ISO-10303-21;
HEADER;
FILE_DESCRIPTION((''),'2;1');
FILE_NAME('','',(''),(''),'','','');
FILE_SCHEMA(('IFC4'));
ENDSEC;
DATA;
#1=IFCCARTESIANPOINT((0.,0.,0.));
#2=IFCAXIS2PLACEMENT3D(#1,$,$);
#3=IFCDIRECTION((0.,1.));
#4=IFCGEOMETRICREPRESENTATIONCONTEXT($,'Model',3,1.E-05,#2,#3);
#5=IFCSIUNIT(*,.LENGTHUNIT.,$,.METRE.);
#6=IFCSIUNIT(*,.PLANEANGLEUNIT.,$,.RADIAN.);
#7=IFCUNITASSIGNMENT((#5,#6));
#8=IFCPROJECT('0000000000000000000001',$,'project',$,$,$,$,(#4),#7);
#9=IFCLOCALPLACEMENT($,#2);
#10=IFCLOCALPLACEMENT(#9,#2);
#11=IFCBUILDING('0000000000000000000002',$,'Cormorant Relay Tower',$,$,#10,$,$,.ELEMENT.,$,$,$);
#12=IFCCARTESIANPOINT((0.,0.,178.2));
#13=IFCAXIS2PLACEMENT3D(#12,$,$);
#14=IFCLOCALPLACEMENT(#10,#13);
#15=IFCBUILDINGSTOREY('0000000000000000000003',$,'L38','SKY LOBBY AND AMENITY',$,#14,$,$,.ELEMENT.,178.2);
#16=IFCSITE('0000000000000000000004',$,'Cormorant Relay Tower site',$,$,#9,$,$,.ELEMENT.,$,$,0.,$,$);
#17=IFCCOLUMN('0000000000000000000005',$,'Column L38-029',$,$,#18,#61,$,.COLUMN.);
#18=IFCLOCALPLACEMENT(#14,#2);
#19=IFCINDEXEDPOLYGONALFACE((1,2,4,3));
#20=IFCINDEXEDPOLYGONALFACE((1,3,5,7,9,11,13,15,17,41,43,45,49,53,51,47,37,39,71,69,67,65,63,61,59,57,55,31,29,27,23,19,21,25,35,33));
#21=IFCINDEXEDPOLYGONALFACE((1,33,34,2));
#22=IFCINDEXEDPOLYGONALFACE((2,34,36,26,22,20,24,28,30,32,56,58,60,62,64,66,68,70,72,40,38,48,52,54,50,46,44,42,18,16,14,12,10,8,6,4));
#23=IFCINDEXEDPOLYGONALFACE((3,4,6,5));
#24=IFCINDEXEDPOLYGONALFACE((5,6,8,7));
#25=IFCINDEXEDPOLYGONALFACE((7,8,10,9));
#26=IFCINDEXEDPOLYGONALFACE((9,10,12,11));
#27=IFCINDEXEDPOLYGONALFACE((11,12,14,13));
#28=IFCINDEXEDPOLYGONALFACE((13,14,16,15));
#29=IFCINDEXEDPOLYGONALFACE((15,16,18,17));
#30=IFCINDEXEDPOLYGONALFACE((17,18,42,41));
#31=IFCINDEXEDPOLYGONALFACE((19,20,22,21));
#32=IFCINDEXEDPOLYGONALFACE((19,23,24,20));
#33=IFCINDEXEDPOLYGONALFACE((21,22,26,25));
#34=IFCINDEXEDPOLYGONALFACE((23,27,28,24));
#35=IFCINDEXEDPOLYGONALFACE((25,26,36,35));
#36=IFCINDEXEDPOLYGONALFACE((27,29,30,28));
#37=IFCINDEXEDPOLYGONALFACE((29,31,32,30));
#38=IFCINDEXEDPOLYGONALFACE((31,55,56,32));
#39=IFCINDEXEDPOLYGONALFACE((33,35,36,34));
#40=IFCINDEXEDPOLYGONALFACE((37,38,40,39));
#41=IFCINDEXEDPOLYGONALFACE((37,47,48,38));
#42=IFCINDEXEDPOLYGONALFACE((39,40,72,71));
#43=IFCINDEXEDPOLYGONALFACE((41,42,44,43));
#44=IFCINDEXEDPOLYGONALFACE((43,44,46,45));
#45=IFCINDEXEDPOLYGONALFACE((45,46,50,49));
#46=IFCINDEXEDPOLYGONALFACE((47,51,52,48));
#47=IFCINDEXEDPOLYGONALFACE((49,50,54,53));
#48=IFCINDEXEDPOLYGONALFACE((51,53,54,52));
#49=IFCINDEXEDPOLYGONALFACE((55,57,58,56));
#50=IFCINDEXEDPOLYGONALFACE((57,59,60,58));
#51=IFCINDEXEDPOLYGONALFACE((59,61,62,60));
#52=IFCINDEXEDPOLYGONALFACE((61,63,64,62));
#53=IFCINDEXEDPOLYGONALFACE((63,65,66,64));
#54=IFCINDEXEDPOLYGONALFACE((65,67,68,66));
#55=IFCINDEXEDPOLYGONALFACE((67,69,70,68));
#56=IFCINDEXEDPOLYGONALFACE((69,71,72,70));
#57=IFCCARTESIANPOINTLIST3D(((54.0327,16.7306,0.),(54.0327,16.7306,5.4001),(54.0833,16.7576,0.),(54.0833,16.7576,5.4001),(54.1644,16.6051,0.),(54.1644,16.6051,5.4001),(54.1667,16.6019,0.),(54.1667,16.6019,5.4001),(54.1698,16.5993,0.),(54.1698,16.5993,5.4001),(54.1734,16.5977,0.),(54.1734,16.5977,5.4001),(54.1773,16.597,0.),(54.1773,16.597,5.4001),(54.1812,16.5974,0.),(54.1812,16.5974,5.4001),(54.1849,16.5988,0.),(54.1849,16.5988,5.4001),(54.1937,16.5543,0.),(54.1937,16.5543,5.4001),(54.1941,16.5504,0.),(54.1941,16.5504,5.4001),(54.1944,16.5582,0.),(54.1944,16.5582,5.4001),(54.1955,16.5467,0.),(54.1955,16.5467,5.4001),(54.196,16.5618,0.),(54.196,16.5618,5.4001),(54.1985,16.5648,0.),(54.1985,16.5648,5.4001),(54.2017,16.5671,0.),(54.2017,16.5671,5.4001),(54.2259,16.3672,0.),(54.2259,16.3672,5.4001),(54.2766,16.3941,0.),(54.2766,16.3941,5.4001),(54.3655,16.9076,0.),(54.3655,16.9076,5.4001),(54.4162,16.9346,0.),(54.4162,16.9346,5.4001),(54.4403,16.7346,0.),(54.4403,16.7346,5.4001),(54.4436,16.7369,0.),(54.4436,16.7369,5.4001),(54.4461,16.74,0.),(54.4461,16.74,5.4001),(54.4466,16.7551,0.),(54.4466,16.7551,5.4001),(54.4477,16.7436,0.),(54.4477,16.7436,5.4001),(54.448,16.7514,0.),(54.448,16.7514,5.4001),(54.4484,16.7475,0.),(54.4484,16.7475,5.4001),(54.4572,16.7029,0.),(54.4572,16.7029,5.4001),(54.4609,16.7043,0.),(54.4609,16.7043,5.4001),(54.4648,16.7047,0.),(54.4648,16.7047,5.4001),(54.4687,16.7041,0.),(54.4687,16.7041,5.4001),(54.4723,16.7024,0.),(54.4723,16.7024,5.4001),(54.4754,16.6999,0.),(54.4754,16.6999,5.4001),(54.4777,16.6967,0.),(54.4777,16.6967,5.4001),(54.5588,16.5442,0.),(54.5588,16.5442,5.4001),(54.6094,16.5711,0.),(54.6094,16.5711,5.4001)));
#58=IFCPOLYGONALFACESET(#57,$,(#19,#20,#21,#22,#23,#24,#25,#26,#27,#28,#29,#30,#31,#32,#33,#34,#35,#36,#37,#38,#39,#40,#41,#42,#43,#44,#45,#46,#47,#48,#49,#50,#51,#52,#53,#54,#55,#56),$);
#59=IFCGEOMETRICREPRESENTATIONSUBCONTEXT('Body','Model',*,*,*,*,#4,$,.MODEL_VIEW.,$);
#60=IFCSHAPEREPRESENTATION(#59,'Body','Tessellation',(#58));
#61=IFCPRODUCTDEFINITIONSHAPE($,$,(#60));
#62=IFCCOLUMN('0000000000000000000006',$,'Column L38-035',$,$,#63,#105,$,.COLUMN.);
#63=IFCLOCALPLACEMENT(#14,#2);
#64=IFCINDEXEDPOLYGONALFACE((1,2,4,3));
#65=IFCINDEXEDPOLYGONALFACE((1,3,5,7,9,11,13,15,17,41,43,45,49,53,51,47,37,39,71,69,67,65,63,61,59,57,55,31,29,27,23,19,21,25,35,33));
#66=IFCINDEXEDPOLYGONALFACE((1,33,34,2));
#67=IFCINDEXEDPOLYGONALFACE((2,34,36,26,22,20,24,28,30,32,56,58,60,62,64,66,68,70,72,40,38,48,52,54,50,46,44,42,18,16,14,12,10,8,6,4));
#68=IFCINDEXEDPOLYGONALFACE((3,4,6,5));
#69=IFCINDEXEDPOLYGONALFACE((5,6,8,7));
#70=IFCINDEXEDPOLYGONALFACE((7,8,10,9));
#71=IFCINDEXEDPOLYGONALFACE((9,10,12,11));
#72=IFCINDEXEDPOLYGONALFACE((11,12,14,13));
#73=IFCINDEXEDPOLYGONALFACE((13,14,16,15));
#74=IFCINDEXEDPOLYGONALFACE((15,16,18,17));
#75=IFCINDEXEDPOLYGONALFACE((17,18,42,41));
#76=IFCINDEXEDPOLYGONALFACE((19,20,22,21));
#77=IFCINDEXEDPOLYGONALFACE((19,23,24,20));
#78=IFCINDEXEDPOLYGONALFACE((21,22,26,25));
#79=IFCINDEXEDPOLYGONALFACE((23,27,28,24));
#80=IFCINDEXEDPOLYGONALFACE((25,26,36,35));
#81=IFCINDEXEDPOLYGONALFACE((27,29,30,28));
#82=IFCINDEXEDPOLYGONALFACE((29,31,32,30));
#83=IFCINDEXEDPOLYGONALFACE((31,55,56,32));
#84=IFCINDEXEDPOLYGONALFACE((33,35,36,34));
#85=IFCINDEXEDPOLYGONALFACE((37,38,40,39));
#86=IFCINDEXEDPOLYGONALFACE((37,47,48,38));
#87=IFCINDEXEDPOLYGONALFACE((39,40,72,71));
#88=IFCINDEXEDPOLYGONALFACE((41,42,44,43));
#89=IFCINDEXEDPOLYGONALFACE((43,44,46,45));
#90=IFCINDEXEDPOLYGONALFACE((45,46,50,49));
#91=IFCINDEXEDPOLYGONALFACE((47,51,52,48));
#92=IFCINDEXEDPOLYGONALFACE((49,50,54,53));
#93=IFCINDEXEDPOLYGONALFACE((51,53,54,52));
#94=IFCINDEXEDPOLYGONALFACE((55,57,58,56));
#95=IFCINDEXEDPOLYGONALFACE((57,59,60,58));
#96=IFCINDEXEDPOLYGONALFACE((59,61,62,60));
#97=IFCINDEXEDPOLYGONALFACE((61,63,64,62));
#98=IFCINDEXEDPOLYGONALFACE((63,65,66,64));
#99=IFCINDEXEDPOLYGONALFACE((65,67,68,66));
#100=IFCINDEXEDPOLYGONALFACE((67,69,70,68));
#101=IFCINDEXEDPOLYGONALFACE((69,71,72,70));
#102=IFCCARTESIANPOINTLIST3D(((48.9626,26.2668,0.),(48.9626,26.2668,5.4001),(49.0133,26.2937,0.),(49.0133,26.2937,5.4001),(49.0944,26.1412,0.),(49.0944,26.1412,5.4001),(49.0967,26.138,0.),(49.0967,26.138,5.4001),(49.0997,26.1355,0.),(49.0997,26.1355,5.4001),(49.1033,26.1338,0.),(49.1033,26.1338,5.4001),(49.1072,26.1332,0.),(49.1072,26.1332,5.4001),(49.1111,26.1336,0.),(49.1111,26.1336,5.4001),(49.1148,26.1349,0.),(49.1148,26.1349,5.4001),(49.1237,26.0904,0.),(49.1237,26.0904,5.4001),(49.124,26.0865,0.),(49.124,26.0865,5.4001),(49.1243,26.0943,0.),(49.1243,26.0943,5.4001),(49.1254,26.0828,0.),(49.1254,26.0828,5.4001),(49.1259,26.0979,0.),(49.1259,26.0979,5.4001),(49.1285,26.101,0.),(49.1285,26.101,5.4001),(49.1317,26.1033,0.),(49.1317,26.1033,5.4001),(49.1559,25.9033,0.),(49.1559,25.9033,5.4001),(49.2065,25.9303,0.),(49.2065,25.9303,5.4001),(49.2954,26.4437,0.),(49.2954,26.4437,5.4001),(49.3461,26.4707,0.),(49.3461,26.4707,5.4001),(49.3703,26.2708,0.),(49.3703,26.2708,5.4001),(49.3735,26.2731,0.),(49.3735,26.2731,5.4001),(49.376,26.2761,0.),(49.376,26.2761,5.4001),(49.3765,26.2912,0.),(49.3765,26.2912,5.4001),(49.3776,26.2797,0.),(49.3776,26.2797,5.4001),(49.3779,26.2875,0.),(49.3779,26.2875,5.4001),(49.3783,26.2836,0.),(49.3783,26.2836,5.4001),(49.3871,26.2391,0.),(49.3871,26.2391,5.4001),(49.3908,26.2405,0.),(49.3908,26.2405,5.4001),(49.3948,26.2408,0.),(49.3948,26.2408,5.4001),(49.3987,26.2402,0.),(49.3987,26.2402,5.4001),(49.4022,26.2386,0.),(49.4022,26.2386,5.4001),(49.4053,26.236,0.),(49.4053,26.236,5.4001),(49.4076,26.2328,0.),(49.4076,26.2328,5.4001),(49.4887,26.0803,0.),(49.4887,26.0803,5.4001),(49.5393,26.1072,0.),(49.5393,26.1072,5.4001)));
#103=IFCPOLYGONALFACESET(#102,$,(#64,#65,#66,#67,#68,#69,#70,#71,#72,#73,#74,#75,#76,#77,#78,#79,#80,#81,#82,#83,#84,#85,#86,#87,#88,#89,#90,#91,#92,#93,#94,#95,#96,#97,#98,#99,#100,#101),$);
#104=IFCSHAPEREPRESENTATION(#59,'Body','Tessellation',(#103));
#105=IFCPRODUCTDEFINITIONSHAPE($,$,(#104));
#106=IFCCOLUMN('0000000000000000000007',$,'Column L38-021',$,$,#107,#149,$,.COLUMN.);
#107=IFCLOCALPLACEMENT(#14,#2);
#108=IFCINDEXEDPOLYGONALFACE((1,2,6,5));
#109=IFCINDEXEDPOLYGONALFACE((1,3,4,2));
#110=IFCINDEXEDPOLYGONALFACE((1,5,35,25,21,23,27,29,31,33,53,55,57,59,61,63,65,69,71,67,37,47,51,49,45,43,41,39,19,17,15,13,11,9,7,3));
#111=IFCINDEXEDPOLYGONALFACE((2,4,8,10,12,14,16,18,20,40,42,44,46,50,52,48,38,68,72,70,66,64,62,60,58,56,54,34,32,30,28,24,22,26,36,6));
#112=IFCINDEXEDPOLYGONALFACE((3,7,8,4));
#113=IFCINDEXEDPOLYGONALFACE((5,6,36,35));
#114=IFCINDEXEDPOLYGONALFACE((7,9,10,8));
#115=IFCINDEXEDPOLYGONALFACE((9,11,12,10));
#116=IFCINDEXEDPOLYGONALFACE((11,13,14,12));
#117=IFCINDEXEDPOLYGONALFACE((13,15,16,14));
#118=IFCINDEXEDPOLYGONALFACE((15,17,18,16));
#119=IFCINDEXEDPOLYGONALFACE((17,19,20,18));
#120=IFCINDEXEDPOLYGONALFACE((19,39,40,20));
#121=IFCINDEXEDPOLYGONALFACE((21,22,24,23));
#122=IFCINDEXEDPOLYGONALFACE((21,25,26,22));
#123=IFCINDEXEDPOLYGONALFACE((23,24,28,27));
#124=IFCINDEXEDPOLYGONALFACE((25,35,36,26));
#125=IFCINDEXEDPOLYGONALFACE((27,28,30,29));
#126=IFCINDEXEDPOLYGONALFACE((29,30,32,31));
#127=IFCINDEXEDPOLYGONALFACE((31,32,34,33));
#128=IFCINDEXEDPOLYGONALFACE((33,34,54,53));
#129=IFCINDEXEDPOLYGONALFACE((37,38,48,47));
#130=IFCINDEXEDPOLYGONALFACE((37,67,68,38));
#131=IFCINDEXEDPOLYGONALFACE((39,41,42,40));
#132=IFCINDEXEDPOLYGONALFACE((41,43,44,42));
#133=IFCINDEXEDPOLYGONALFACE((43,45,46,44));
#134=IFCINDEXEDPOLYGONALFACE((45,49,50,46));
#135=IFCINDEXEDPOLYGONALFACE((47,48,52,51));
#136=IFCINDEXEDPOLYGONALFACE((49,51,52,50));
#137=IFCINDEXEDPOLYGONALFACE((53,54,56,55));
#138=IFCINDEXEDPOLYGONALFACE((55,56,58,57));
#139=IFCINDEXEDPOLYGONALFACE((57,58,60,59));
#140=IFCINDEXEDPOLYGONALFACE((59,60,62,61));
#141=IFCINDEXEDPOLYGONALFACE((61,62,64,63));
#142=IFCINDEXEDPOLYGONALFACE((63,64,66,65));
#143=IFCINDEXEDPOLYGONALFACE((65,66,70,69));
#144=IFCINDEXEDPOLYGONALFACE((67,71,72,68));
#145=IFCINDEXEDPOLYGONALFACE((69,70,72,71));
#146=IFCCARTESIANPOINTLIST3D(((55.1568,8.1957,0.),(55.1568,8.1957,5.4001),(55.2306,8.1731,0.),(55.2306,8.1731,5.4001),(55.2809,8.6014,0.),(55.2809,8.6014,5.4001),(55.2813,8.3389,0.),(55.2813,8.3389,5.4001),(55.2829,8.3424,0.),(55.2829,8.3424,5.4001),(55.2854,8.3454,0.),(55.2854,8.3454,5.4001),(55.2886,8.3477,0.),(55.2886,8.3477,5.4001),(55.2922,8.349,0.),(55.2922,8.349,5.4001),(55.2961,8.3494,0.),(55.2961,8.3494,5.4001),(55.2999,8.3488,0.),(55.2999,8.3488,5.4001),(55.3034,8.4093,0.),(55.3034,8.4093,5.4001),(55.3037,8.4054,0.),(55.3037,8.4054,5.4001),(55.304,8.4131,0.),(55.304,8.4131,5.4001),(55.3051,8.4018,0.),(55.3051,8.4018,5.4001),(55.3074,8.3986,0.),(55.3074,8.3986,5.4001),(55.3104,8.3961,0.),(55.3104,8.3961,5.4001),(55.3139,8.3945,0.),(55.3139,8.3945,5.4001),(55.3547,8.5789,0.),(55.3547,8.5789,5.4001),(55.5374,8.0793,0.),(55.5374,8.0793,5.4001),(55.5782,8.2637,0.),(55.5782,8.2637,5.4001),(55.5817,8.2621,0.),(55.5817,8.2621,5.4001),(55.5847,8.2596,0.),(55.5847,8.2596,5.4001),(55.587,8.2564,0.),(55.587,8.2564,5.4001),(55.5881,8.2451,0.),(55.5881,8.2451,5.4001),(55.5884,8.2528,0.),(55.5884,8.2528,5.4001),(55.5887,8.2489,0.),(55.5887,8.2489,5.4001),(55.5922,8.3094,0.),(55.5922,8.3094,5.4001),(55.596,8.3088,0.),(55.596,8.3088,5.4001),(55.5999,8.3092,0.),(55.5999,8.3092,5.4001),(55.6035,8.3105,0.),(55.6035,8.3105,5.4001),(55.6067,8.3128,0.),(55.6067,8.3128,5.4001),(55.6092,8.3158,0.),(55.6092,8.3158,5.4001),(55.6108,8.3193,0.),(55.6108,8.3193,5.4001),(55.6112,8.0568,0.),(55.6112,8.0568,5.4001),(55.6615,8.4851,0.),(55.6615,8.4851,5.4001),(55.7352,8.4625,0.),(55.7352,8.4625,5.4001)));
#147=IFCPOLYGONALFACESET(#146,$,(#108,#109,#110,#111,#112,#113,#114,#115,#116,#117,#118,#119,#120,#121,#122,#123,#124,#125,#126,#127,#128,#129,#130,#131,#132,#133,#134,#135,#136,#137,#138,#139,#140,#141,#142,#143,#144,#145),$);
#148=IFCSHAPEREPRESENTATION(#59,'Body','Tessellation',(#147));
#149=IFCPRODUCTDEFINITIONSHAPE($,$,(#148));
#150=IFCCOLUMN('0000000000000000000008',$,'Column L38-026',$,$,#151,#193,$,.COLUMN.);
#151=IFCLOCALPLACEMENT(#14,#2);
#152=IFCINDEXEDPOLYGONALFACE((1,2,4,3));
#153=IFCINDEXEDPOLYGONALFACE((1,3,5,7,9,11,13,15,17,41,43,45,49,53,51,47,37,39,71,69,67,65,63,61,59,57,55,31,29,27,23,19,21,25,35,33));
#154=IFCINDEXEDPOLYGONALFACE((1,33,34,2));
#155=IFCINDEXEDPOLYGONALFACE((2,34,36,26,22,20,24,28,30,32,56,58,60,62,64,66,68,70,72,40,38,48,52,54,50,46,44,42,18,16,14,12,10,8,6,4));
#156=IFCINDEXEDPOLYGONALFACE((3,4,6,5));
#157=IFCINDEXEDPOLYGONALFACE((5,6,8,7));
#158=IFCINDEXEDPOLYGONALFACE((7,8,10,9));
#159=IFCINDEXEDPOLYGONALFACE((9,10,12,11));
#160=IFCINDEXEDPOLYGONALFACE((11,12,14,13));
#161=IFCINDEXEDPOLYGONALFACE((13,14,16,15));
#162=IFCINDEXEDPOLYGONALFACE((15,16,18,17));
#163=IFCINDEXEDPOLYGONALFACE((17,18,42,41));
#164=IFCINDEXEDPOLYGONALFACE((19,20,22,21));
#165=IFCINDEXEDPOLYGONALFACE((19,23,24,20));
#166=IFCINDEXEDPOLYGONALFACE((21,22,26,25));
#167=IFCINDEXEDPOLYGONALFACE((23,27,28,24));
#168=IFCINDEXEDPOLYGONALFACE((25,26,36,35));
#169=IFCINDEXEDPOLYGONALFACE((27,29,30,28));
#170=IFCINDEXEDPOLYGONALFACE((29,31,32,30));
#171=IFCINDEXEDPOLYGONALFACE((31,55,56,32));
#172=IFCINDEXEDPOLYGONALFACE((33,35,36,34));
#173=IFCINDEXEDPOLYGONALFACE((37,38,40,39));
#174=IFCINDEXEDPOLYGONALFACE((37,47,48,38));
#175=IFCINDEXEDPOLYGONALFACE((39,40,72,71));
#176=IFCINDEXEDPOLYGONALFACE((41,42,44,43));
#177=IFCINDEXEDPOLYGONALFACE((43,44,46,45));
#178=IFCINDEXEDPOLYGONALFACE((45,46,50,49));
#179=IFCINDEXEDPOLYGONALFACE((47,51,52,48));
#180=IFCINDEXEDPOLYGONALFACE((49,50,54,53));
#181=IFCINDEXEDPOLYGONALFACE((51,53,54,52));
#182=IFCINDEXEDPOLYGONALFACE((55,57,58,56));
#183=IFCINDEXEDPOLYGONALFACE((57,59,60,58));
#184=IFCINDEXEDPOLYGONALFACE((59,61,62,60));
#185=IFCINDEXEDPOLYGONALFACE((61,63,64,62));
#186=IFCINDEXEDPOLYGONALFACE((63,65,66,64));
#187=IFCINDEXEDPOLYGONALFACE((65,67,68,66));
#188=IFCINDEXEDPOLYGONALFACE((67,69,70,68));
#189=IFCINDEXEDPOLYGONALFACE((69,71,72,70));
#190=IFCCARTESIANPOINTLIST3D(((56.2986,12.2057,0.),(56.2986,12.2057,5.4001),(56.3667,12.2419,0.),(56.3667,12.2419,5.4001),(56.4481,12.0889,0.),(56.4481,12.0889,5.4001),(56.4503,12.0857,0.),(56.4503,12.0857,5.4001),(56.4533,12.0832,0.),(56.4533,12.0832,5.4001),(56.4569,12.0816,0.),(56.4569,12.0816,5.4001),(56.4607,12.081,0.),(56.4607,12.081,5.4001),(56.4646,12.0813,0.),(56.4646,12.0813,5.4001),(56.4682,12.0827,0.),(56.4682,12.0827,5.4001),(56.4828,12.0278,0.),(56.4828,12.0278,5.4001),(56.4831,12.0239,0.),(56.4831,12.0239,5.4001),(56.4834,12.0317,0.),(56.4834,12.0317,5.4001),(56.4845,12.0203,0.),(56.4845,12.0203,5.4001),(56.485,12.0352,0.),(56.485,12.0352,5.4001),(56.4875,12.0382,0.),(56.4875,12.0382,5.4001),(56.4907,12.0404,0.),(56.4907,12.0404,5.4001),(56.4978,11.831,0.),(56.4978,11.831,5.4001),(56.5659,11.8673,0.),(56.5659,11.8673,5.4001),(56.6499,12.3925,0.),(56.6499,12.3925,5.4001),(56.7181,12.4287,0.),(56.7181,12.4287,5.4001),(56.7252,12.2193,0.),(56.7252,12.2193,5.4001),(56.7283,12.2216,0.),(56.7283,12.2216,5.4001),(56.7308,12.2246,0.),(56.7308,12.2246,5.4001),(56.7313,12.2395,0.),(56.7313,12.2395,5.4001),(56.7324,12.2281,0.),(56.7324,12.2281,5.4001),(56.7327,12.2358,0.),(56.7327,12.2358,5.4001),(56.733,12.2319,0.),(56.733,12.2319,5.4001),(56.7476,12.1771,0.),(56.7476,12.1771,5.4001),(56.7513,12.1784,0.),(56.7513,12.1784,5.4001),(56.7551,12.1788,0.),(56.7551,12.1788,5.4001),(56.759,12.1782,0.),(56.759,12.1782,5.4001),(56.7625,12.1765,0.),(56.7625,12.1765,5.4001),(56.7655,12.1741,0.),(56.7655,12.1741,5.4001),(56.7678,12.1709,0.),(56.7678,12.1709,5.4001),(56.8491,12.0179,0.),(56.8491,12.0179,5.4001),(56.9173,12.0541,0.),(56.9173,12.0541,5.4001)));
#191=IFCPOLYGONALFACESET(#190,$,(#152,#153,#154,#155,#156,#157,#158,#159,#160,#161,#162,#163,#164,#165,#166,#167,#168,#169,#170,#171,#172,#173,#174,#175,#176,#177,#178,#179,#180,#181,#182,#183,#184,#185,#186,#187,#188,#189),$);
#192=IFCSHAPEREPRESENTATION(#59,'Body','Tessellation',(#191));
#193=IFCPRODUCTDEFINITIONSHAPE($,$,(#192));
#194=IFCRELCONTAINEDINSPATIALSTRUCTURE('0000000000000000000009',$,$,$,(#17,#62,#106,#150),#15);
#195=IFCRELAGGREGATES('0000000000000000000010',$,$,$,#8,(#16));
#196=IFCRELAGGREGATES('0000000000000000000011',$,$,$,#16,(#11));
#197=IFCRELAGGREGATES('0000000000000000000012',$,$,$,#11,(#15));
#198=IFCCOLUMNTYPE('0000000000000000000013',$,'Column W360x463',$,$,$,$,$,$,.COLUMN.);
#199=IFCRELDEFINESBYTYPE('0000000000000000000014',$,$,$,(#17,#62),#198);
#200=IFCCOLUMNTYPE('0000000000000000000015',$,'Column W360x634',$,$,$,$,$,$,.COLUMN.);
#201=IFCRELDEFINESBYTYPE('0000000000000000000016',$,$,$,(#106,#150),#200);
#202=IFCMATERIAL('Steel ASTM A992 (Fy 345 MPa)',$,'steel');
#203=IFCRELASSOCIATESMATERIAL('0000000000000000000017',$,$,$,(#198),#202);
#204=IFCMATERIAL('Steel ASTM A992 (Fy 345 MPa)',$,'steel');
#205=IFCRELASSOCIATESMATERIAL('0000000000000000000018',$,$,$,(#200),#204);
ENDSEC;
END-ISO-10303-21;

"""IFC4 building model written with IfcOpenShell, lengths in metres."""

from ifc_helpers import new_model, si_unit, direction, frame, origin, origin_2d, place, context, subcontext, project, spatial, i_section, extrude, material, material_profile, profile_set, type_object, element, save


model = new_model("IFC4")

# Units and contexts
model_context = context("Model", 3, precision=1e-05, world=origin(), true_north=direction((0.0, 1.0)))
body_context = subcontext(model_context, "Body", "Model", "MODEL_VIEW")
ifc_project = project(units=[si_unit("LENGTHUNIT", "METRE"), si_unit("PLANEANGLEUNIT", "RADIAN")], contexts=[model_context])

# Site, building, storey
site_placement = place(None, origin())
site = spatial("IfcSite", under=ifc_project, at=site_placement, Name="Cormorant Relay Tower site", CompositionType="ELEMENT", RefElevation=0.0)
building_placement = place(site_placement, origin())
building = spatial("IfcBuilding", under=site, at=building_placement, Name="Cormorant Relay Tower", CompositionType="ELEMENT")
storey_placement = place(building_placement, frame((0.0, 0.0, 178.2)))
storey = spatial("IfcBuildingStorey", under=building, at=storey_placement, Name="L38", Description="SKY LOBBY AND AMENITY", CompositionType="ELEMENT", Elevation=178.2)

# Columns
ifc_material_1 = material(Name="Steel ASTM A992 (Fy 345 MPa)", Category="steel")
ifc_material_profile_1 = material_profile(ifc_material_1, i_section(OverallWidth=0.4116, OverallDepth=0.4343, WebThickness=0.0359, FlangeThickness=0.0574, FilletRadius=0.0151, at=origin_2d()), Name="W360x463")
ifc_profile_set_1 = profile_set([ifc_material_profile_1], Name="Steel ASTM A992 (Fy 345 MPa)")
column_type_1 = type_object("IfcColumnType", Name="Column W360x463", PredefinedType="COLUMN", material=ifc_profile_set_1)
for number, where, z_axis, x_axis, name in (
    (1, (54.321, 16.6509, 0.0), (0.0, 0.0, 1.0), (-0.469472, 0.882948, 0.0), "Column L38-029"),
    (2, (49.251, 26.187, 0.0), (0.0, 0.0, 1.0), (-0.469472, 0.882948, 0.0), "Column L38-035"),
):
    element("IfcColumn", number, at=place(storey_placement, frame(where, z_axis=z_axis, x_axis=x_axis)), inside=storey, type_object=column_type_1, Name=name, PredefinedType="COLUMN", context=body_context, shape_type="SweptSolid", body=[
        extrude(i_section(OverallWidth=0.4116, OverallDepth=0.4343, WebThickness=0.0359, FlangeThickness=0.0574, FilletRadius=0.0151, at=origin_2d()), origin(), (0.0, 0.0, 1.0), 5.4001),
    ])
ifc_material_2 = material(Name="Steel ASTM A992 (Fy 345 MPa)", Category="steel")
ifc_material_profile_2 = material_profile(ifc_material_2, i_section(OverallWidth=0.4243, OverallDepth=0.4751, WebThickness=0.0479, FlangeThickness=0.0771, FilletRadius=0.0149, at=origin_2d()), Name="W360x634")
ifc_profile_set_2 = profile_set([ifc_material_profile_2], Name="Steel ASTM A992 (Fy 345 MPa)")
column_type_2 = type_object("IfcColumnType", Name="Column W360x634", PredefinedType="COLUMN", material=ifc_profile_set_2)
for number, where, z_axis, x_axis, name in (
    (3, (55.446, 8.3291, 0.0), (0.0, 0.0, 1.0), (0.292372, 0.956305, 0.0), "Column L38-021"),
    (4, (56.6079, 12.1299, 0.0), (0.0, 0.0, 1.0), (-0.469472, 0.882948, 0.0), "Column L38-026"),
):
    element("IfcColumn", number, at=place(storey_placement, frame(where, z_axis=z_axis, x_axis=x_axis)), inside=storey, type_object=column_type_2, Name=name, PredefinedType="COLUMN", context=body_context, shape_type="SweptSolid", body=[
        extrude(i_section(OverallWidth=0.4243, OverallDepth=0.4751, WebThickness=0.0479, FlangeThickness=0.0771, FilletRadius=0.0149, at=origin_2d()), origin(), (0.0, 0.0, 1.0), 5.4001),
    ])

save(model, "model.ifc")
